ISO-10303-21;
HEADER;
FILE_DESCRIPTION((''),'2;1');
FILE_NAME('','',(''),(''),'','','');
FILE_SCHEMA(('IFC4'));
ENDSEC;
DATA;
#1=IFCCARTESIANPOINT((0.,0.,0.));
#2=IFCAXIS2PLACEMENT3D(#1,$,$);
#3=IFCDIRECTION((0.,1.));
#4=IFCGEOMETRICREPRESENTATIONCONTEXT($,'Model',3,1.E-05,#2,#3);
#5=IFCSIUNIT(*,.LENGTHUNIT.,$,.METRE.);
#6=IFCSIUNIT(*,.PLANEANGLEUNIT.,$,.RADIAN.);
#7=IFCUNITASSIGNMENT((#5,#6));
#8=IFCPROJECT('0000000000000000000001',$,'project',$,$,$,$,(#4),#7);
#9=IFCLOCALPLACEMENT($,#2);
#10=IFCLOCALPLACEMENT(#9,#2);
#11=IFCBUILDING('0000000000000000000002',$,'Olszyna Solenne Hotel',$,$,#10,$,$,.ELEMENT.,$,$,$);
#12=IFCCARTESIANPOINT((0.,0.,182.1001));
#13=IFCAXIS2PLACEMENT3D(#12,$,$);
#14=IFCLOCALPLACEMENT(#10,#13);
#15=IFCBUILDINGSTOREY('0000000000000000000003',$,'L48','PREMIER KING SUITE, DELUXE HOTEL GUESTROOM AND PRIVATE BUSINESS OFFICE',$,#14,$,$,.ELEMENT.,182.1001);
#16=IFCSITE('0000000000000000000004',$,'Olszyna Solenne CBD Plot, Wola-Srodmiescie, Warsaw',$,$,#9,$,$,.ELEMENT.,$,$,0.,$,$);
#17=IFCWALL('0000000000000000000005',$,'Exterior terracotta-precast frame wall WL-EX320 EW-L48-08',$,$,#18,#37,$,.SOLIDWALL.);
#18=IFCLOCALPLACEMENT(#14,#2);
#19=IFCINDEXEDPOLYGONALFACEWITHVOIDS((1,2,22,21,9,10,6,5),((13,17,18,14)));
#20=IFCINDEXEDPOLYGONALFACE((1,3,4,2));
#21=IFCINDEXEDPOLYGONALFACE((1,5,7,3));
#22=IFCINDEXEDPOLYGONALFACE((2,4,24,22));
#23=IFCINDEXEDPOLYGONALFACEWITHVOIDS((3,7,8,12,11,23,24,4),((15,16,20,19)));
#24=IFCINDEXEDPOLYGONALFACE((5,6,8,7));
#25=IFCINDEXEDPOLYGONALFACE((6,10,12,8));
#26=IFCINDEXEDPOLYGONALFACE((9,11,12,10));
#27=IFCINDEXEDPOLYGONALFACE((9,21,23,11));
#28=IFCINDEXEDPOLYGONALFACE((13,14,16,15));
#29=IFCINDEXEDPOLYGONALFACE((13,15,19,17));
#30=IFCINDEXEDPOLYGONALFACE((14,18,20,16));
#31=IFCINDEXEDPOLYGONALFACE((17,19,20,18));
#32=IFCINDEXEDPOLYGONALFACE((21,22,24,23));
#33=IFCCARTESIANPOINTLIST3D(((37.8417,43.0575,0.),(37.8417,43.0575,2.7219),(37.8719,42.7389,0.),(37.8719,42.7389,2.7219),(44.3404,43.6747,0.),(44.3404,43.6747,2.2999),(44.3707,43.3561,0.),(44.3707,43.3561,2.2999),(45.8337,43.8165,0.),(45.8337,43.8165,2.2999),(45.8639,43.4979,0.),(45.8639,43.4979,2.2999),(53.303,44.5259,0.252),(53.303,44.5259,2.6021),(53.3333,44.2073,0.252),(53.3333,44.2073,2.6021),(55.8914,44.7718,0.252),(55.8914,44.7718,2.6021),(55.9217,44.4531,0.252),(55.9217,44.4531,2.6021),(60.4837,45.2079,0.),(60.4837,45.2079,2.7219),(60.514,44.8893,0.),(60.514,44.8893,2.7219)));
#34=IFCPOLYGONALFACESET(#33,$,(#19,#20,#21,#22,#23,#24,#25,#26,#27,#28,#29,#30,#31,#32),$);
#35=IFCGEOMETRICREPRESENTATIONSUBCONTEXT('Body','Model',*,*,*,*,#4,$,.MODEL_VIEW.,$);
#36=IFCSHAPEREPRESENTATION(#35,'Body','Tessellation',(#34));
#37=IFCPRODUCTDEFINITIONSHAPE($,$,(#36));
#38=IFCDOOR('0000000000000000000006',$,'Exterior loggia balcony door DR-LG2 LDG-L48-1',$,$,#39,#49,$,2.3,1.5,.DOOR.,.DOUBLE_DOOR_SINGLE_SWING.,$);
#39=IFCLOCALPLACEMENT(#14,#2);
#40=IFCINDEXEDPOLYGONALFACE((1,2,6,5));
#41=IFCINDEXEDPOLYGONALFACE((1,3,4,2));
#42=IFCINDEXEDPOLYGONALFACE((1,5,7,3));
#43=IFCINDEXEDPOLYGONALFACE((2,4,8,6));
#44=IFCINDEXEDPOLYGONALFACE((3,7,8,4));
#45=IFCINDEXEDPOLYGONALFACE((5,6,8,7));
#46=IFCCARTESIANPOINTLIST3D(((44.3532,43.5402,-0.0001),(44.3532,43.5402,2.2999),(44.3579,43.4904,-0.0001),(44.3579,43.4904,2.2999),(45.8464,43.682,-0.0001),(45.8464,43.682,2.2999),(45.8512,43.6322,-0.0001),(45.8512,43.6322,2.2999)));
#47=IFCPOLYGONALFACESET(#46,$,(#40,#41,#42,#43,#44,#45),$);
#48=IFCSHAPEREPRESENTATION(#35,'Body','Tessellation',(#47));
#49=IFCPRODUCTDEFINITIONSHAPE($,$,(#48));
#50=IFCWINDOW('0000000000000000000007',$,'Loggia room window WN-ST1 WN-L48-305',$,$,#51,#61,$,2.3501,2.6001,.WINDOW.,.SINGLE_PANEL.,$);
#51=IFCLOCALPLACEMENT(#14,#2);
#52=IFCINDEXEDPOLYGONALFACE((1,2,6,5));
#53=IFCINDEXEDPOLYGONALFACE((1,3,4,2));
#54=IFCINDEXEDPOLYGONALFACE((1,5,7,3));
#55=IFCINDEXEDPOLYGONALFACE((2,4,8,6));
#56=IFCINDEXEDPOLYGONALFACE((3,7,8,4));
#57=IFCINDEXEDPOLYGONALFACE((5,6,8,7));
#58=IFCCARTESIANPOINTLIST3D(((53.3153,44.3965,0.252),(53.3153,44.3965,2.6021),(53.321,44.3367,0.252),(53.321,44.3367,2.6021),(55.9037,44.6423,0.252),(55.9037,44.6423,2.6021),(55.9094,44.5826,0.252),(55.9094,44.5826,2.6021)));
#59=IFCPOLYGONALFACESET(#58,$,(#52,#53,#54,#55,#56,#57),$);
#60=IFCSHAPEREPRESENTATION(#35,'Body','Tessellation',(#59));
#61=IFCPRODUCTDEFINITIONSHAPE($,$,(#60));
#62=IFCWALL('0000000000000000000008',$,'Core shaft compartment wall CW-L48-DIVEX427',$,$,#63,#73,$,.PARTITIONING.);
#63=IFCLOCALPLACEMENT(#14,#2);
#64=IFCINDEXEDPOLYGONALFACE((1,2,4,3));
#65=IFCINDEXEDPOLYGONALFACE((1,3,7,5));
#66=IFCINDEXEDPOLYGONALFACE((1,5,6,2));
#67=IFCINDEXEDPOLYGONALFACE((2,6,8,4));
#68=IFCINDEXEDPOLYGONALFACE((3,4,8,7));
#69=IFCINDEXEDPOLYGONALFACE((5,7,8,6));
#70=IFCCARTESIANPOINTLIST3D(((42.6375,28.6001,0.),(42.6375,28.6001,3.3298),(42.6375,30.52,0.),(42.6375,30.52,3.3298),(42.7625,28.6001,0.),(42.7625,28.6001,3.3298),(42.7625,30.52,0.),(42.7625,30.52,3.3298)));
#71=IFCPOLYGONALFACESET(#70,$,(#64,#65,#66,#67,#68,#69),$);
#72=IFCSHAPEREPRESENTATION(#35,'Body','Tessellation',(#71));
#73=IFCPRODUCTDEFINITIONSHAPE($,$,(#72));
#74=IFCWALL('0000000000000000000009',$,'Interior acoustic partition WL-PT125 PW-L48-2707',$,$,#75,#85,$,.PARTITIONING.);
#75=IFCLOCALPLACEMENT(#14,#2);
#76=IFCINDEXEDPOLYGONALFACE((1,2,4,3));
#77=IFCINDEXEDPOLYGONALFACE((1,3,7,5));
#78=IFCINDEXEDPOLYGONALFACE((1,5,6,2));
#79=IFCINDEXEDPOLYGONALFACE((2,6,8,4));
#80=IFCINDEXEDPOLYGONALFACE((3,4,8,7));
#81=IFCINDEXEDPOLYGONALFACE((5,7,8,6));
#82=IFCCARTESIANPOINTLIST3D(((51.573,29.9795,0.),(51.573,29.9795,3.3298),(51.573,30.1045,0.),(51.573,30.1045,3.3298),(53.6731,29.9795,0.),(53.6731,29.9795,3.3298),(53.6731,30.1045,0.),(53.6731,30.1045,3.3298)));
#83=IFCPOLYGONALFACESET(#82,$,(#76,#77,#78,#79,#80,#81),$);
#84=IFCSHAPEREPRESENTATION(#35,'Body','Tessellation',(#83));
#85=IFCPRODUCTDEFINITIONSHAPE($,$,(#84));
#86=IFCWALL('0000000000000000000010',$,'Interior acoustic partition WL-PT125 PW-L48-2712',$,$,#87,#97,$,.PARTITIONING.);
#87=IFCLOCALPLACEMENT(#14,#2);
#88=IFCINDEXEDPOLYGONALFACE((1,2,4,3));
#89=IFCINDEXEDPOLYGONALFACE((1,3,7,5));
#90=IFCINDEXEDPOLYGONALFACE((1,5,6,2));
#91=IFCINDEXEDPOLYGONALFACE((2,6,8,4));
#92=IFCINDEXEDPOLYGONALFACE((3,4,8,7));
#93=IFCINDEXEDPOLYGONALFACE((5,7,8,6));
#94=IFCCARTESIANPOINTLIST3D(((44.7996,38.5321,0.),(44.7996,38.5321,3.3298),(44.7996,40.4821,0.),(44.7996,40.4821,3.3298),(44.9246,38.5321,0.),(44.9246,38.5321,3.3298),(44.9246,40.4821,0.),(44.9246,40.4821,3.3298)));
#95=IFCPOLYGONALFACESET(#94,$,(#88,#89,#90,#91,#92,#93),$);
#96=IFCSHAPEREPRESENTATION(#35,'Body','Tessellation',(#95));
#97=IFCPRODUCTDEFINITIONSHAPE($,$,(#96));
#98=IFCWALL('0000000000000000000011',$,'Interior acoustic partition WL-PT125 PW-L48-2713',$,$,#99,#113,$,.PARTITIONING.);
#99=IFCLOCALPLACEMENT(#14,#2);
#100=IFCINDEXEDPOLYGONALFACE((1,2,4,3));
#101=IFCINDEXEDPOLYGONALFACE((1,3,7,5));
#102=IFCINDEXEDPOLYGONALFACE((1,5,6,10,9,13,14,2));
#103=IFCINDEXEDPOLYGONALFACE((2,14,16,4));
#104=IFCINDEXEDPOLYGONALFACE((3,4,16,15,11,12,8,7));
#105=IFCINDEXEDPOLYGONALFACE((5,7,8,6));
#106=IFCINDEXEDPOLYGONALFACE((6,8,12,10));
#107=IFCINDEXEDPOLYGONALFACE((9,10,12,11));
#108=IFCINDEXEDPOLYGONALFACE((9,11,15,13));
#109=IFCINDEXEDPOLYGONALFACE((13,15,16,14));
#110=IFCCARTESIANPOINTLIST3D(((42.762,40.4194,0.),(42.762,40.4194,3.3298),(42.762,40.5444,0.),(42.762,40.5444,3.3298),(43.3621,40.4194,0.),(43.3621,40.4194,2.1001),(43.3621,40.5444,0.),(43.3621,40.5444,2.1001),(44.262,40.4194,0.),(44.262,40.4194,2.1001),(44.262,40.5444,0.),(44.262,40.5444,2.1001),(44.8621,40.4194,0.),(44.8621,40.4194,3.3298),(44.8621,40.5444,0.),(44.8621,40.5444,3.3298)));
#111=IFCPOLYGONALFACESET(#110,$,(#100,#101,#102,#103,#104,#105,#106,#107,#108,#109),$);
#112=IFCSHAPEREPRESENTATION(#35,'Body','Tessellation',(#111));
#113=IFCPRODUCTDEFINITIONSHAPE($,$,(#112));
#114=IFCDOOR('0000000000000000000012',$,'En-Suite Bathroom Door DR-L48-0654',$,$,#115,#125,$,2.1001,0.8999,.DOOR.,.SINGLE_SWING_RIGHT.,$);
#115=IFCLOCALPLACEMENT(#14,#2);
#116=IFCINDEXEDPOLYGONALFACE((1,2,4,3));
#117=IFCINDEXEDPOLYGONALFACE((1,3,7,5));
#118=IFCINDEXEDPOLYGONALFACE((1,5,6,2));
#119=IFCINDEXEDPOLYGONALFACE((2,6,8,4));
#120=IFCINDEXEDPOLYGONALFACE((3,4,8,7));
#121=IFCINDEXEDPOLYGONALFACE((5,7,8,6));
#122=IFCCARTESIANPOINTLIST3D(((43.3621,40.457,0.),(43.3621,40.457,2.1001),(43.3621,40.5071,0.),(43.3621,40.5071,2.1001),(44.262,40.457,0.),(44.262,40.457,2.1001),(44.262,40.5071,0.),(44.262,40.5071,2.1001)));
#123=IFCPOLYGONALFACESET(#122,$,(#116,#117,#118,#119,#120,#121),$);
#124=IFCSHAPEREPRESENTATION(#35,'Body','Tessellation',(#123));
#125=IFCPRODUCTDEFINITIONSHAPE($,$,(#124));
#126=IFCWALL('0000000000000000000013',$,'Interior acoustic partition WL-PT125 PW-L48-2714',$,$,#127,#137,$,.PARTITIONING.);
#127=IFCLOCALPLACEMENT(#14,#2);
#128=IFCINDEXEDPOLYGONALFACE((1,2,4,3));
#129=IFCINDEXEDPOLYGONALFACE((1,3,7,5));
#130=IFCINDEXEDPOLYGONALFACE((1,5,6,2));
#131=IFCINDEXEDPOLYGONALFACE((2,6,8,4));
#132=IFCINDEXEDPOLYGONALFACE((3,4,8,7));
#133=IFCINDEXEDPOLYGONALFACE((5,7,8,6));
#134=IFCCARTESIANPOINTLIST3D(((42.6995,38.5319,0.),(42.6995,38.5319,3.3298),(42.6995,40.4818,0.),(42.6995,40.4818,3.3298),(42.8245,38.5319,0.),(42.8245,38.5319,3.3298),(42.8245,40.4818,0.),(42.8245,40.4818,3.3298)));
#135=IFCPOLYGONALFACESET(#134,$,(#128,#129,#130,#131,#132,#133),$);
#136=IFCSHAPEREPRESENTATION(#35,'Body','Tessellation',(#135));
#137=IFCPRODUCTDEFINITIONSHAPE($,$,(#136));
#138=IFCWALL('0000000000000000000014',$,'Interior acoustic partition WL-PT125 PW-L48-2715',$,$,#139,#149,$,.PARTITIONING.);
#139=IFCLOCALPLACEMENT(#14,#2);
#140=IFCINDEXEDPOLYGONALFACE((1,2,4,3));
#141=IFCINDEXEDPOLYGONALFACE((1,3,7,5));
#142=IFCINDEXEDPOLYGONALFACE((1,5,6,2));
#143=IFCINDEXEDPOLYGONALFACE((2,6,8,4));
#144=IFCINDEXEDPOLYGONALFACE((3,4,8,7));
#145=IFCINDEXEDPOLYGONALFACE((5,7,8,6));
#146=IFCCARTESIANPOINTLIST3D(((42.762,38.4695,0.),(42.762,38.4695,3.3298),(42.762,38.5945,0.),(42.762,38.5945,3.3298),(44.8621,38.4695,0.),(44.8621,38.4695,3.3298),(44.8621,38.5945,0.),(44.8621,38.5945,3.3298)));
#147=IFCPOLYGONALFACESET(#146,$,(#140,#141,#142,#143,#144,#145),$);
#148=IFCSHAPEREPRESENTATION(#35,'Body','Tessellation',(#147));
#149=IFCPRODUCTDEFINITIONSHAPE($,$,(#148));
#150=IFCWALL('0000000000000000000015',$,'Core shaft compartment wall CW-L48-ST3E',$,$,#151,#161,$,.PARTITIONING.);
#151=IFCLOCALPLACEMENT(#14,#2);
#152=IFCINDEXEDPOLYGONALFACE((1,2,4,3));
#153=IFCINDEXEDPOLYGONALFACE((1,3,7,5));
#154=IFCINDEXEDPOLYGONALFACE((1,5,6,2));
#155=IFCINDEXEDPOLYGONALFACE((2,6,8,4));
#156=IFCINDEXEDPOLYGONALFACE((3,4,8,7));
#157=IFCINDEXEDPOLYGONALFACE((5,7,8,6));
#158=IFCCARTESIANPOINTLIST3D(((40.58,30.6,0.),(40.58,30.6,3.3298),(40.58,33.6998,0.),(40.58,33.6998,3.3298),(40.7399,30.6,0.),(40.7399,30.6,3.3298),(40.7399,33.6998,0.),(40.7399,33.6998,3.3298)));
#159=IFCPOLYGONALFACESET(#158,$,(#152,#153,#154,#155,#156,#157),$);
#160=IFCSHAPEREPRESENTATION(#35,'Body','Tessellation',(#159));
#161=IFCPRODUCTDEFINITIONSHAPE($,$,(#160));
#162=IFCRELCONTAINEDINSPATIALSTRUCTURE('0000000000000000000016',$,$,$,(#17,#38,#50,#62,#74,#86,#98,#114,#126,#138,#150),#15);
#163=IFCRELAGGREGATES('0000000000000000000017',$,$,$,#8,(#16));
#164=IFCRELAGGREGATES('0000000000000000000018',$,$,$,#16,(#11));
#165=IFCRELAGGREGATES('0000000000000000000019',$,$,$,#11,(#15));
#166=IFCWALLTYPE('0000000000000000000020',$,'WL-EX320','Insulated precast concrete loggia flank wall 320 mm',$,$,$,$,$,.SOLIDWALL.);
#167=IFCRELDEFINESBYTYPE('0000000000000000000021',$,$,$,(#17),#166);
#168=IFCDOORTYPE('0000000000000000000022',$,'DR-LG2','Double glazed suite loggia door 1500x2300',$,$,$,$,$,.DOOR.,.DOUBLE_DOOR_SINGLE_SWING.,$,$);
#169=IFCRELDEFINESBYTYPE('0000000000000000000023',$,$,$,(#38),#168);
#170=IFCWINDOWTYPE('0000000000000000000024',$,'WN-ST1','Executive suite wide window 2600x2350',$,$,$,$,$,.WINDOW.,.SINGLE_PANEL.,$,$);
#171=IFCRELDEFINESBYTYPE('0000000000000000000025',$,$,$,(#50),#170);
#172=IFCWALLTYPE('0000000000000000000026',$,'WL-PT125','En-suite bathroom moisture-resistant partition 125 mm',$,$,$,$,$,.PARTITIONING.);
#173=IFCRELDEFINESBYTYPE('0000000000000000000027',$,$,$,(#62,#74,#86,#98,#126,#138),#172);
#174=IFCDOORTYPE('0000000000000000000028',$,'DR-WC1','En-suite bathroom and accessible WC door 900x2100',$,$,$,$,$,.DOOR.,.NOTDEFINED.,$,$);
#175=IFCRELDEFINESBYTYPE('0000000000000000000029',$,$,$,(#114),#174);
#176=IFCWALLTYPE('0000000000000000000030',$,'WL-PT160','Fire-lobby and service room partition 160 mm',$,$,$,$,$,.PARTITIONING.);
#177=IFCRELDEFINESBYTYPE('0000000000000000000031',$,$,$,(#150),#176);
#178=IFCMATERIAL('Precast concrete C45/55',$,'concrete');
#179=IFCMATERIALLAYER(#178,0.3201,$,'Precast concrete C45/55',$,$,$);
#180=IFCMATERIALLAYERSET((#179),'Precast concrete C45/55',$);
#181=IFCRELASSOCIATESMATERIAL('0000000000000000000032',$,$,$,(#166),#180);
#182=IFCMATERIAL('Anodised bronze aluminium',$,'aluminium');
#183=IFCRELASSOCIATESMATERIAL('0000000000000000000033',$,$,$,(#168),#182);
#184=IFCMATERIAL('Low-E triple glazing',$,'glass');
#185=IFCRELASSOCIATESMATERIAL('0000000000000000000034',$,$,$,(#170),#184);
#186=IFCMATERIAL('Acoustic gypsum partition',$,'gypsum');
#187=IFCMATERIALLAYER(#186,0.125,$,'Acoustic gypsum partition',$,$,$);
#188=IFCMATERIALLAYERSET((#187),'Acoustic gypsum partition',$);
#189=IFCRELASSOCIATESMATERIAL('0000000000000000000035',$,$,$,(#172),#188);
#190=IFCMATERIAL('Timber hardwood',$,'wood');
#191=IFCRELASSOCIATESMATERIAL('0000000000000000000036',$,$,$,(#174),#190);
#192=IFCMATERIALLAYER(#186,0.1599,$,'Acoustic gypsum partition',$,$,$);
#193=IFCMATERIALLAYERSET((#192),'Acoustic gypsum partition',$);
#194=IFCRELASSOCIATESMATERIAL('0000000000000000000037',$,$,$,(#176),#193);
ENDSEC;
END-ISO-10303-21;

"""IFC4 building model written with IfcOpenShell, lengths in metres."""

from ifc_helpers import new_model, si_unit, direction, frame, frame_2d, origin, place, context, subcontext, project, spatial, rectangle, extrude, source, transform, mapped, material, layer, layer_set, type_object, type_shapes, element, fill, save


model = new_model("IFC4")

# Units and contexts
model_context = context("Model", 3, precision=1e-05, world=origin(), true_north=direction((0.0, 1.0)))
body_context = subcontext(model_context, "Body", "Model", "MODEL_VIEW")
ifc_project = project(units=[si_unit("LENGTHUNIT", "METRE"), si_unit("PLANEANGLEUNIT", "RADIAN")], contexts=[model_context])

# Site, building, storey
site_placement = place(None, origin())
site = spatial("IfcSite", under=ifc_project, at=site_placement, Name="Olszyna Solenne CBD Plot, Wola-Srodmiescie, Warsaw", CompositionType="ELEMENT", RefElevation=0.0)
building_placement = place(site_placement, origin())
building = spatial("IfcBuilding", under=site, at=building_placement, Name="Olszyna Solenne Hotel", CompositionType="ELEMENT")
storey_placement = place(building_placement, frame((0.0, 0.0, 182.1001)))
storey = spatial("IfcBuildingStorey", under=building, at=storey_placement, Name="L48", Description="PREMIER KING SUITE, DELUXE HOTEL GUESTROOM AND PRIVATE BUSINESS OFFICE", CompositionType="ELEMENT", Elevation=182.1001)

# Shared definitions
ifc_material_1 = material(Name="Timber hardwood", Category="wood")

# Wall, openings, door, window
ifc_material_2 = material(Name="Precast concrete C45/55", Category="concrete")
ifc_layer_1 = layer(ifc_material_2, 0.3201, Name="Precast concrete C45/55")
ifc_layer_set_1 = layer_set([ifc_layer_1], Name="Precast concrete C45/55")
wall_type_1 = type_object("IfcWallType", Name="WL-EX320", Description="Insulated precast concrete loggia flank wall 320 mm", PredefinedType="SOLIDWALL", material=ifc_layer_set_1)
wall_1_placement = place(storey_placement, frame((37.8567, 42.8982, 0.0), z_axis=(0.0, 0.0, 1.0), x_axis=(0.99552, 0.094548, 0.0)))
wall_1 = element("IfcWall", 1, at=wall_1_placement, inside=storey, type_object=wall_type_1, Name="Exterior terracotta-precast frame wall WL-EX320 EW-L48-08", PredefinedType="SOLIDWALL", context=body_context, shape_type="SweptSolid", body=[
    extrude(rectangle(XDim=22.7439, YDim=0.3201, at=frame_2d((11.3721, 0.0))), origin(), (0.0, 0.0, 1.0), 2.7219),
])
opening_1_placement = place(wall_1_placement, frame((6.5281, 0.0, 0.0)))
opening_1 = element("IfcOpeningElement", 2, at=opening_1_placement, cuts=wall_1, PredefinedType="OPENING", context=body_context, shape_type="SweptSolid", body=[
    extrude(rectangle(XDim=1.5, YDim=2.3, at=frame_2d((0.75, 1.1499))), frame((0.0, 0.1699, 0.0), z_axis=(0.0, -1.0, 0.0), x_axis=(1.0, 0.0, 0.0)), (0.0, 0.0, 1.0), 0.3401),
])
opening_2_placement = place(wall_1_placement, frame((15.531, 0.0, 0.252)))
opening_2 = element("IfcOpeningElement", 3, at=opening_2_placement, cuts=wall_1, PredefinedType="OPENING", context=body_context, shape_type="SweptSolid", body=[
    extrude(rectangle(XDim=2.6001, YDim=2.3501, at=frame_2d((1.3, 1.175))), frame((0.0, 0.1699, 0.0), z_axis=(0.0, -1.0, 0.0), x_axis=(1.0, 0.0, 0.0)), (0.0, 0.0, 1.0), 0.3401),
])
ifc_material_3 = material(Name="Anodised bronze aluminium", Category="aluminium")
door_type_1 = type_object("IfcDoorType", Name="DR-LG2", Description="Double glazed suite loggia door 1500x2300", OperationType="DOUBLE_DOOR_SINGLE_SWING", PredefinedType="DOOR", material=ifc_material_3)
shared_shape_1 = source(origin(), body_context, "Body", "SweptSolid", [
    extrude(rectangle(XDim=1.5, YDim=2.3, at=frame_2d((0.75, 1.1499))), frame((0.0, 0.0249, 0.0), z_axis=(0.0, -1.0, 0.0), x_axis=(1.0, 0.0, 0.0)), (0.0, 0.0, 1.0), 0.05),
])
type_shapes(door_type_1, [shared_shape_1])
door_1_placement = place(opening_1_placement, origin())
door_1 = element("IfcDoor", 4, at=door_1_placement, inside=storey, type_object=door_type_1, Name="Exterior loggia balcony door DR-LG2 LDG-L48-1", OperationType="DOUBLE_DOOR_SINGLE_SWING", OverallHeight=2.3, OverallWidth=1.5, PredefinedType="DOOR", context=body_context, shape_type="MappedRepresentation", body=[
    mapped(shared_shape_1, transform((0.0, 0.0, 0.0), x_axis=(1.0, 0.0, 0.0), y_axis=(0.0, 1.0, 0.0), z_axis=(0.0, 0.0, 1.0), scale=1.0)),
])
fill(opening_1, door_1)
ifc_material_4 = material(Name="Low-E triple glazing", Category="glass")
window_type = type_object("IfcWindowType", Name="WN-ST1", Description="Executive suite wide window 2600x2350", PartitioningType="SINGLE_PANEL", PredefinedType="WINDOW", material=ifc_material_4)
shared_shape_2 = source(origin(), body_context, "Body", "SweptSolid", [
    extrude(rectangle(XDim=2.6001, YDim=2.3501, at=frame_2d((1.3, 1.175))), frame((0.0, 0.03, 0.0), z_axis=(0.0, -1.0, 0.0), x_axis=(1.0, 0.0, 0.0)), (0.0, 0.0, 1.0), 0.0601),
])
type_shapes(window_type, [shared_shape_2])
window_placement = place(opening_2_placement, origin())
window = element("IfcWindow", 5, at=window_placement, inside=storey, type_object=window_type, Name="Loggia room window WN-ST1 WN-L48-305", OverallHeight=2.3501, OverallWidth=2.6001, PartitioningType="SINGLE_PANEL", PredefinedType="WINDOW", context=body_context, shape_type="MappedRepresentation", body=[
    mapped(shared_shape_2, transform((0.0, 0.0, 0.0), x_axis=(1.0, 0.0, 0.0), y_axis=(0.0, 1.0, 0.0), z_axis=(0.0, 0.0, 1.0), scale=1.0)),
])
fill(opening_2, window)

# Walls
ifc_material_5 = material(Name="Acoustic gypsum partition", Category="gypsum")
ifc_layer_2 = layer(ifc_material_5, 0.125, Name="Acoustic gypsum partition")
ifc_layer_set_2 = layer_set([ifc_layer_2], Name="Acoustic gypsum partition")
wall_type_2 = type_object("IfcWallType", Name="WL-PT125", Description="En-suite bathroom moisture-resistant partition 125 mm", PredefinedType="PARTITIONING", material=ifc_layer_set_2)
wall_2_placement = place(storey_placement, frame((42.7, 28.6001, 0.0), z_axis=(0.0, 0.0, 1.0), x_axis=(0.0, 1.0, 0.0)))
element("IfcWall", 6, at=wall_2_placement, inside=storey, type_object=wall_type_2, Name="Core shaft compartment wall CW-L48-DIVEX427", PredefinedType="PARTITIONING", context=body_context, shape_type="SweptSolid", body=[
    extrude(rectangle(XDim=1.9199, YDim=0.125, at=frame_2d((0.96, 0.0))), origin(), (0.0, 0.0, 1.0), 3.3298),
])
wall_3_placement = place(storey_placement, frame((51.573, 30.042, 0.0), z_axis=(0.0, 0.0, 1.0), x_axis=(1.0, 0.0, 0.0)))
element("IfcWall", 7, at=wall_3_placement, inside=storey, type_object=wall_type_2, Name="Interior acoustic partition WL-PT125 PW-L48-2707", PredefinedType="PARTITIONING", context=body_context, shape_type="SweptSolid", body=[
    extrude(rectangle(XDim=2.1001, YDim=0.125, at=frame_2d((1.05, 0.0))), origin(), (0.0, 0.0, 1.0), 3.3298),
])
wall_4_placement = place(storey_placement, frame((44.8621, 38.532, 0.0), z_axis=(0.0, 0.0, 1.0), x_axis=(0.0, 1.0, 0.0)))
element("IfcWall", 8, at=wall_4_placement, inside=storey, type_object=wall_type_2, Name="Interior acoustic partition WL-PT125 PW-L48-2712", PredefinedType="PARTITIONING", context=body_context, shape_type="SweptSolid", body=[
    extrude(rectangle(XDim=1.95, YDim=0.125, at=frame_2d((0.9751, 0.0))), origin(), (0.0, 0.0, 1.0), 3.3298),
])

# Wall, opening, door
wall_5_placement = place(storey_placement, frame((44.8621, 40.4819, 0.0), z_axis=(0.0, 0.0, 1.0), x_axis=(-1.0, 0.0, 0.0)))
wall_5 = element("IfcWall", 9, at=wall_5_placement, inside=storey, type_object=wall_type_2, Name="Interior acoustic partition WL-PT125 PW-L48-2713", PredefinedType="PARTITIONING", context=body_context, shape_type="SweptSolid", body=[
    extrude(rectangle(XDim=2.1001, YDim=0.125, at=frame_2d((1.05, 0.0))), origin(), (0.0, 0.0, 1.0), 3.3298),
])
opening_3_placement = place(wall_5_placement, frame((0.6001, 0.0, 0.0)))
opening_3 = element("IfcOpeningElement", 10, at=opening_3_placement, cuts=wall_5, PredefinedType="OPENING", context=body_context, shape_type="SweptSolid", body=[
    extrude(rectangle(XDim=0.8999, YDim=2.1001, at=frame_2d((0.45, 1.05))), frame((0.0, 0.0725, 0.0), z_axis=(0.0, -1.0, 0.0), x_axis=(1.0, 0.0, 0.0)), (0.0, 0.0, 1.0), 0.145),
])
door_type_2 = type_object("IfcDoorType", Name="DR-WC1", Description="En-suite bathroom and accessible WC door 900x2100", OperationType="NOTDEFINED", PredefinedType="DOOR", material=ifc_material_1)
shared_shape_3 = source(origin(), body_context, "Body", "SweptSolid", [
    extrude(rectangle(XDim=0.8999, YDim=2.1001, at=frame_2d((0.45, 1.05))), frame((0.0, 0.0249, 0.0), z_axis=(0.0, -1.0, 0.0), x_axis=(1.0, 0.0, 0.0)), (0.0, 0.0, 1.0), 0.05),
])
type_shapes(door_type_2, [shared_shape_3])
door_2_placement = place(opening_3_placement, origin())
door_2 = element("IfcDoor", 11, at=door_2_placement, inside=storey, type_object=door_type_2, Name="En-Suite Bathroom Door DR-L48-0654", OperationType="SINGLE_SWING_RIGHT", OverallHeight=2.1001, OverallWidth=0.8999, PredefinedType="DOOR", context=body_context, shape_type="MappedRepresentation", body=[
    mapped(shared_shape_3, transform((0.0, 0.0, 0.0), x_axis=(1.0, 0.0, 0.0), y_axis=(0.0, 1.0, 0.0), z_axis=(0.0, 0.0, 1.0), scale=1.0)),
])
fill(opening_3, door_2)

# Walls
wall_6_placement = place(storey_placement, frame((42.762, 40.4819, 0.0), z_axis=(0.0, 0.0, 1.0), x_axis=(0.0, -1.0, 0.0)))
element("IfcWall", 12, at=wall_6_placement, inside=storey, type_object=wall_type_2, Name="Interior acoustic partition WL-PT125 PW-L48-2714", PredefinedType="PARTITIONING", context=body_context, shape_type="SweptSolid", body=[
    extrude(rectangle(XDim=1.95, YDim=0.125, at=frame_2d((0.9751, 0.0))), origin(), (0.0, 0.0, 1.0), 3.3298),
])
wall_7_placement = place(storey_placement, frame((42.762, 38.532, 0.0), z_axis=(0.0, 0.0, 1.0), x_axis=(1.0, 0.0, 0.0)))
element("IfcWall", 13, at=wall_7_placement, inside=storey, type_object=wall_type_2, Name="Interior acoustic partition WL-PT125 PW-L48-2715", PredefinedType="PARTITIONING", context=body_context, shape_type="SweptSolid", body=[
    extrude(rectangle(XDim=2.1001, YDim=0.125, at=frame_2d((1.05, 0.0))), origin(), (0.0, 0.0, 1.0), 3.3298),
])
ifc_layer_3 = layer(ifc_material_5, 0.1599, Name="Acoustic gypsum partition")
ifc_layer_set_3 = layer_set([ifc_layer_3], Name="Acoustic gypsum partition")
wall_type_3 = type_object("IfcWallType", Name="WL-PT160", Description="Fire-lobby and service room partition 160 mm", PredefinedType="PARTITIONING", material=ifc_layer_set_3)
wall_8_placement = place(storey_placement, frame((40.6599, 30.6001, 0.0), z_axis=(0.0, 0.0, 1.0), x_axis=(0.0, 1.0, 0.0)))
element("IfcWall", 14, at=wall_8_placement, inside=storey, type_object=wall_type_3, Name="Core shaft compartment wall CW-L48-ST3E", PredefinedType="PARTITIONING", context=body_context, shape_type="SweptSolid", body=[
    extrude(rectangle(XDim=3.0999, YDim=0.1599, at=frame_2d((1.5498, 0.0))), origin(), (0.0, 0.0, 1.0), 3.3298),
])

save(model, "model.ifc")
